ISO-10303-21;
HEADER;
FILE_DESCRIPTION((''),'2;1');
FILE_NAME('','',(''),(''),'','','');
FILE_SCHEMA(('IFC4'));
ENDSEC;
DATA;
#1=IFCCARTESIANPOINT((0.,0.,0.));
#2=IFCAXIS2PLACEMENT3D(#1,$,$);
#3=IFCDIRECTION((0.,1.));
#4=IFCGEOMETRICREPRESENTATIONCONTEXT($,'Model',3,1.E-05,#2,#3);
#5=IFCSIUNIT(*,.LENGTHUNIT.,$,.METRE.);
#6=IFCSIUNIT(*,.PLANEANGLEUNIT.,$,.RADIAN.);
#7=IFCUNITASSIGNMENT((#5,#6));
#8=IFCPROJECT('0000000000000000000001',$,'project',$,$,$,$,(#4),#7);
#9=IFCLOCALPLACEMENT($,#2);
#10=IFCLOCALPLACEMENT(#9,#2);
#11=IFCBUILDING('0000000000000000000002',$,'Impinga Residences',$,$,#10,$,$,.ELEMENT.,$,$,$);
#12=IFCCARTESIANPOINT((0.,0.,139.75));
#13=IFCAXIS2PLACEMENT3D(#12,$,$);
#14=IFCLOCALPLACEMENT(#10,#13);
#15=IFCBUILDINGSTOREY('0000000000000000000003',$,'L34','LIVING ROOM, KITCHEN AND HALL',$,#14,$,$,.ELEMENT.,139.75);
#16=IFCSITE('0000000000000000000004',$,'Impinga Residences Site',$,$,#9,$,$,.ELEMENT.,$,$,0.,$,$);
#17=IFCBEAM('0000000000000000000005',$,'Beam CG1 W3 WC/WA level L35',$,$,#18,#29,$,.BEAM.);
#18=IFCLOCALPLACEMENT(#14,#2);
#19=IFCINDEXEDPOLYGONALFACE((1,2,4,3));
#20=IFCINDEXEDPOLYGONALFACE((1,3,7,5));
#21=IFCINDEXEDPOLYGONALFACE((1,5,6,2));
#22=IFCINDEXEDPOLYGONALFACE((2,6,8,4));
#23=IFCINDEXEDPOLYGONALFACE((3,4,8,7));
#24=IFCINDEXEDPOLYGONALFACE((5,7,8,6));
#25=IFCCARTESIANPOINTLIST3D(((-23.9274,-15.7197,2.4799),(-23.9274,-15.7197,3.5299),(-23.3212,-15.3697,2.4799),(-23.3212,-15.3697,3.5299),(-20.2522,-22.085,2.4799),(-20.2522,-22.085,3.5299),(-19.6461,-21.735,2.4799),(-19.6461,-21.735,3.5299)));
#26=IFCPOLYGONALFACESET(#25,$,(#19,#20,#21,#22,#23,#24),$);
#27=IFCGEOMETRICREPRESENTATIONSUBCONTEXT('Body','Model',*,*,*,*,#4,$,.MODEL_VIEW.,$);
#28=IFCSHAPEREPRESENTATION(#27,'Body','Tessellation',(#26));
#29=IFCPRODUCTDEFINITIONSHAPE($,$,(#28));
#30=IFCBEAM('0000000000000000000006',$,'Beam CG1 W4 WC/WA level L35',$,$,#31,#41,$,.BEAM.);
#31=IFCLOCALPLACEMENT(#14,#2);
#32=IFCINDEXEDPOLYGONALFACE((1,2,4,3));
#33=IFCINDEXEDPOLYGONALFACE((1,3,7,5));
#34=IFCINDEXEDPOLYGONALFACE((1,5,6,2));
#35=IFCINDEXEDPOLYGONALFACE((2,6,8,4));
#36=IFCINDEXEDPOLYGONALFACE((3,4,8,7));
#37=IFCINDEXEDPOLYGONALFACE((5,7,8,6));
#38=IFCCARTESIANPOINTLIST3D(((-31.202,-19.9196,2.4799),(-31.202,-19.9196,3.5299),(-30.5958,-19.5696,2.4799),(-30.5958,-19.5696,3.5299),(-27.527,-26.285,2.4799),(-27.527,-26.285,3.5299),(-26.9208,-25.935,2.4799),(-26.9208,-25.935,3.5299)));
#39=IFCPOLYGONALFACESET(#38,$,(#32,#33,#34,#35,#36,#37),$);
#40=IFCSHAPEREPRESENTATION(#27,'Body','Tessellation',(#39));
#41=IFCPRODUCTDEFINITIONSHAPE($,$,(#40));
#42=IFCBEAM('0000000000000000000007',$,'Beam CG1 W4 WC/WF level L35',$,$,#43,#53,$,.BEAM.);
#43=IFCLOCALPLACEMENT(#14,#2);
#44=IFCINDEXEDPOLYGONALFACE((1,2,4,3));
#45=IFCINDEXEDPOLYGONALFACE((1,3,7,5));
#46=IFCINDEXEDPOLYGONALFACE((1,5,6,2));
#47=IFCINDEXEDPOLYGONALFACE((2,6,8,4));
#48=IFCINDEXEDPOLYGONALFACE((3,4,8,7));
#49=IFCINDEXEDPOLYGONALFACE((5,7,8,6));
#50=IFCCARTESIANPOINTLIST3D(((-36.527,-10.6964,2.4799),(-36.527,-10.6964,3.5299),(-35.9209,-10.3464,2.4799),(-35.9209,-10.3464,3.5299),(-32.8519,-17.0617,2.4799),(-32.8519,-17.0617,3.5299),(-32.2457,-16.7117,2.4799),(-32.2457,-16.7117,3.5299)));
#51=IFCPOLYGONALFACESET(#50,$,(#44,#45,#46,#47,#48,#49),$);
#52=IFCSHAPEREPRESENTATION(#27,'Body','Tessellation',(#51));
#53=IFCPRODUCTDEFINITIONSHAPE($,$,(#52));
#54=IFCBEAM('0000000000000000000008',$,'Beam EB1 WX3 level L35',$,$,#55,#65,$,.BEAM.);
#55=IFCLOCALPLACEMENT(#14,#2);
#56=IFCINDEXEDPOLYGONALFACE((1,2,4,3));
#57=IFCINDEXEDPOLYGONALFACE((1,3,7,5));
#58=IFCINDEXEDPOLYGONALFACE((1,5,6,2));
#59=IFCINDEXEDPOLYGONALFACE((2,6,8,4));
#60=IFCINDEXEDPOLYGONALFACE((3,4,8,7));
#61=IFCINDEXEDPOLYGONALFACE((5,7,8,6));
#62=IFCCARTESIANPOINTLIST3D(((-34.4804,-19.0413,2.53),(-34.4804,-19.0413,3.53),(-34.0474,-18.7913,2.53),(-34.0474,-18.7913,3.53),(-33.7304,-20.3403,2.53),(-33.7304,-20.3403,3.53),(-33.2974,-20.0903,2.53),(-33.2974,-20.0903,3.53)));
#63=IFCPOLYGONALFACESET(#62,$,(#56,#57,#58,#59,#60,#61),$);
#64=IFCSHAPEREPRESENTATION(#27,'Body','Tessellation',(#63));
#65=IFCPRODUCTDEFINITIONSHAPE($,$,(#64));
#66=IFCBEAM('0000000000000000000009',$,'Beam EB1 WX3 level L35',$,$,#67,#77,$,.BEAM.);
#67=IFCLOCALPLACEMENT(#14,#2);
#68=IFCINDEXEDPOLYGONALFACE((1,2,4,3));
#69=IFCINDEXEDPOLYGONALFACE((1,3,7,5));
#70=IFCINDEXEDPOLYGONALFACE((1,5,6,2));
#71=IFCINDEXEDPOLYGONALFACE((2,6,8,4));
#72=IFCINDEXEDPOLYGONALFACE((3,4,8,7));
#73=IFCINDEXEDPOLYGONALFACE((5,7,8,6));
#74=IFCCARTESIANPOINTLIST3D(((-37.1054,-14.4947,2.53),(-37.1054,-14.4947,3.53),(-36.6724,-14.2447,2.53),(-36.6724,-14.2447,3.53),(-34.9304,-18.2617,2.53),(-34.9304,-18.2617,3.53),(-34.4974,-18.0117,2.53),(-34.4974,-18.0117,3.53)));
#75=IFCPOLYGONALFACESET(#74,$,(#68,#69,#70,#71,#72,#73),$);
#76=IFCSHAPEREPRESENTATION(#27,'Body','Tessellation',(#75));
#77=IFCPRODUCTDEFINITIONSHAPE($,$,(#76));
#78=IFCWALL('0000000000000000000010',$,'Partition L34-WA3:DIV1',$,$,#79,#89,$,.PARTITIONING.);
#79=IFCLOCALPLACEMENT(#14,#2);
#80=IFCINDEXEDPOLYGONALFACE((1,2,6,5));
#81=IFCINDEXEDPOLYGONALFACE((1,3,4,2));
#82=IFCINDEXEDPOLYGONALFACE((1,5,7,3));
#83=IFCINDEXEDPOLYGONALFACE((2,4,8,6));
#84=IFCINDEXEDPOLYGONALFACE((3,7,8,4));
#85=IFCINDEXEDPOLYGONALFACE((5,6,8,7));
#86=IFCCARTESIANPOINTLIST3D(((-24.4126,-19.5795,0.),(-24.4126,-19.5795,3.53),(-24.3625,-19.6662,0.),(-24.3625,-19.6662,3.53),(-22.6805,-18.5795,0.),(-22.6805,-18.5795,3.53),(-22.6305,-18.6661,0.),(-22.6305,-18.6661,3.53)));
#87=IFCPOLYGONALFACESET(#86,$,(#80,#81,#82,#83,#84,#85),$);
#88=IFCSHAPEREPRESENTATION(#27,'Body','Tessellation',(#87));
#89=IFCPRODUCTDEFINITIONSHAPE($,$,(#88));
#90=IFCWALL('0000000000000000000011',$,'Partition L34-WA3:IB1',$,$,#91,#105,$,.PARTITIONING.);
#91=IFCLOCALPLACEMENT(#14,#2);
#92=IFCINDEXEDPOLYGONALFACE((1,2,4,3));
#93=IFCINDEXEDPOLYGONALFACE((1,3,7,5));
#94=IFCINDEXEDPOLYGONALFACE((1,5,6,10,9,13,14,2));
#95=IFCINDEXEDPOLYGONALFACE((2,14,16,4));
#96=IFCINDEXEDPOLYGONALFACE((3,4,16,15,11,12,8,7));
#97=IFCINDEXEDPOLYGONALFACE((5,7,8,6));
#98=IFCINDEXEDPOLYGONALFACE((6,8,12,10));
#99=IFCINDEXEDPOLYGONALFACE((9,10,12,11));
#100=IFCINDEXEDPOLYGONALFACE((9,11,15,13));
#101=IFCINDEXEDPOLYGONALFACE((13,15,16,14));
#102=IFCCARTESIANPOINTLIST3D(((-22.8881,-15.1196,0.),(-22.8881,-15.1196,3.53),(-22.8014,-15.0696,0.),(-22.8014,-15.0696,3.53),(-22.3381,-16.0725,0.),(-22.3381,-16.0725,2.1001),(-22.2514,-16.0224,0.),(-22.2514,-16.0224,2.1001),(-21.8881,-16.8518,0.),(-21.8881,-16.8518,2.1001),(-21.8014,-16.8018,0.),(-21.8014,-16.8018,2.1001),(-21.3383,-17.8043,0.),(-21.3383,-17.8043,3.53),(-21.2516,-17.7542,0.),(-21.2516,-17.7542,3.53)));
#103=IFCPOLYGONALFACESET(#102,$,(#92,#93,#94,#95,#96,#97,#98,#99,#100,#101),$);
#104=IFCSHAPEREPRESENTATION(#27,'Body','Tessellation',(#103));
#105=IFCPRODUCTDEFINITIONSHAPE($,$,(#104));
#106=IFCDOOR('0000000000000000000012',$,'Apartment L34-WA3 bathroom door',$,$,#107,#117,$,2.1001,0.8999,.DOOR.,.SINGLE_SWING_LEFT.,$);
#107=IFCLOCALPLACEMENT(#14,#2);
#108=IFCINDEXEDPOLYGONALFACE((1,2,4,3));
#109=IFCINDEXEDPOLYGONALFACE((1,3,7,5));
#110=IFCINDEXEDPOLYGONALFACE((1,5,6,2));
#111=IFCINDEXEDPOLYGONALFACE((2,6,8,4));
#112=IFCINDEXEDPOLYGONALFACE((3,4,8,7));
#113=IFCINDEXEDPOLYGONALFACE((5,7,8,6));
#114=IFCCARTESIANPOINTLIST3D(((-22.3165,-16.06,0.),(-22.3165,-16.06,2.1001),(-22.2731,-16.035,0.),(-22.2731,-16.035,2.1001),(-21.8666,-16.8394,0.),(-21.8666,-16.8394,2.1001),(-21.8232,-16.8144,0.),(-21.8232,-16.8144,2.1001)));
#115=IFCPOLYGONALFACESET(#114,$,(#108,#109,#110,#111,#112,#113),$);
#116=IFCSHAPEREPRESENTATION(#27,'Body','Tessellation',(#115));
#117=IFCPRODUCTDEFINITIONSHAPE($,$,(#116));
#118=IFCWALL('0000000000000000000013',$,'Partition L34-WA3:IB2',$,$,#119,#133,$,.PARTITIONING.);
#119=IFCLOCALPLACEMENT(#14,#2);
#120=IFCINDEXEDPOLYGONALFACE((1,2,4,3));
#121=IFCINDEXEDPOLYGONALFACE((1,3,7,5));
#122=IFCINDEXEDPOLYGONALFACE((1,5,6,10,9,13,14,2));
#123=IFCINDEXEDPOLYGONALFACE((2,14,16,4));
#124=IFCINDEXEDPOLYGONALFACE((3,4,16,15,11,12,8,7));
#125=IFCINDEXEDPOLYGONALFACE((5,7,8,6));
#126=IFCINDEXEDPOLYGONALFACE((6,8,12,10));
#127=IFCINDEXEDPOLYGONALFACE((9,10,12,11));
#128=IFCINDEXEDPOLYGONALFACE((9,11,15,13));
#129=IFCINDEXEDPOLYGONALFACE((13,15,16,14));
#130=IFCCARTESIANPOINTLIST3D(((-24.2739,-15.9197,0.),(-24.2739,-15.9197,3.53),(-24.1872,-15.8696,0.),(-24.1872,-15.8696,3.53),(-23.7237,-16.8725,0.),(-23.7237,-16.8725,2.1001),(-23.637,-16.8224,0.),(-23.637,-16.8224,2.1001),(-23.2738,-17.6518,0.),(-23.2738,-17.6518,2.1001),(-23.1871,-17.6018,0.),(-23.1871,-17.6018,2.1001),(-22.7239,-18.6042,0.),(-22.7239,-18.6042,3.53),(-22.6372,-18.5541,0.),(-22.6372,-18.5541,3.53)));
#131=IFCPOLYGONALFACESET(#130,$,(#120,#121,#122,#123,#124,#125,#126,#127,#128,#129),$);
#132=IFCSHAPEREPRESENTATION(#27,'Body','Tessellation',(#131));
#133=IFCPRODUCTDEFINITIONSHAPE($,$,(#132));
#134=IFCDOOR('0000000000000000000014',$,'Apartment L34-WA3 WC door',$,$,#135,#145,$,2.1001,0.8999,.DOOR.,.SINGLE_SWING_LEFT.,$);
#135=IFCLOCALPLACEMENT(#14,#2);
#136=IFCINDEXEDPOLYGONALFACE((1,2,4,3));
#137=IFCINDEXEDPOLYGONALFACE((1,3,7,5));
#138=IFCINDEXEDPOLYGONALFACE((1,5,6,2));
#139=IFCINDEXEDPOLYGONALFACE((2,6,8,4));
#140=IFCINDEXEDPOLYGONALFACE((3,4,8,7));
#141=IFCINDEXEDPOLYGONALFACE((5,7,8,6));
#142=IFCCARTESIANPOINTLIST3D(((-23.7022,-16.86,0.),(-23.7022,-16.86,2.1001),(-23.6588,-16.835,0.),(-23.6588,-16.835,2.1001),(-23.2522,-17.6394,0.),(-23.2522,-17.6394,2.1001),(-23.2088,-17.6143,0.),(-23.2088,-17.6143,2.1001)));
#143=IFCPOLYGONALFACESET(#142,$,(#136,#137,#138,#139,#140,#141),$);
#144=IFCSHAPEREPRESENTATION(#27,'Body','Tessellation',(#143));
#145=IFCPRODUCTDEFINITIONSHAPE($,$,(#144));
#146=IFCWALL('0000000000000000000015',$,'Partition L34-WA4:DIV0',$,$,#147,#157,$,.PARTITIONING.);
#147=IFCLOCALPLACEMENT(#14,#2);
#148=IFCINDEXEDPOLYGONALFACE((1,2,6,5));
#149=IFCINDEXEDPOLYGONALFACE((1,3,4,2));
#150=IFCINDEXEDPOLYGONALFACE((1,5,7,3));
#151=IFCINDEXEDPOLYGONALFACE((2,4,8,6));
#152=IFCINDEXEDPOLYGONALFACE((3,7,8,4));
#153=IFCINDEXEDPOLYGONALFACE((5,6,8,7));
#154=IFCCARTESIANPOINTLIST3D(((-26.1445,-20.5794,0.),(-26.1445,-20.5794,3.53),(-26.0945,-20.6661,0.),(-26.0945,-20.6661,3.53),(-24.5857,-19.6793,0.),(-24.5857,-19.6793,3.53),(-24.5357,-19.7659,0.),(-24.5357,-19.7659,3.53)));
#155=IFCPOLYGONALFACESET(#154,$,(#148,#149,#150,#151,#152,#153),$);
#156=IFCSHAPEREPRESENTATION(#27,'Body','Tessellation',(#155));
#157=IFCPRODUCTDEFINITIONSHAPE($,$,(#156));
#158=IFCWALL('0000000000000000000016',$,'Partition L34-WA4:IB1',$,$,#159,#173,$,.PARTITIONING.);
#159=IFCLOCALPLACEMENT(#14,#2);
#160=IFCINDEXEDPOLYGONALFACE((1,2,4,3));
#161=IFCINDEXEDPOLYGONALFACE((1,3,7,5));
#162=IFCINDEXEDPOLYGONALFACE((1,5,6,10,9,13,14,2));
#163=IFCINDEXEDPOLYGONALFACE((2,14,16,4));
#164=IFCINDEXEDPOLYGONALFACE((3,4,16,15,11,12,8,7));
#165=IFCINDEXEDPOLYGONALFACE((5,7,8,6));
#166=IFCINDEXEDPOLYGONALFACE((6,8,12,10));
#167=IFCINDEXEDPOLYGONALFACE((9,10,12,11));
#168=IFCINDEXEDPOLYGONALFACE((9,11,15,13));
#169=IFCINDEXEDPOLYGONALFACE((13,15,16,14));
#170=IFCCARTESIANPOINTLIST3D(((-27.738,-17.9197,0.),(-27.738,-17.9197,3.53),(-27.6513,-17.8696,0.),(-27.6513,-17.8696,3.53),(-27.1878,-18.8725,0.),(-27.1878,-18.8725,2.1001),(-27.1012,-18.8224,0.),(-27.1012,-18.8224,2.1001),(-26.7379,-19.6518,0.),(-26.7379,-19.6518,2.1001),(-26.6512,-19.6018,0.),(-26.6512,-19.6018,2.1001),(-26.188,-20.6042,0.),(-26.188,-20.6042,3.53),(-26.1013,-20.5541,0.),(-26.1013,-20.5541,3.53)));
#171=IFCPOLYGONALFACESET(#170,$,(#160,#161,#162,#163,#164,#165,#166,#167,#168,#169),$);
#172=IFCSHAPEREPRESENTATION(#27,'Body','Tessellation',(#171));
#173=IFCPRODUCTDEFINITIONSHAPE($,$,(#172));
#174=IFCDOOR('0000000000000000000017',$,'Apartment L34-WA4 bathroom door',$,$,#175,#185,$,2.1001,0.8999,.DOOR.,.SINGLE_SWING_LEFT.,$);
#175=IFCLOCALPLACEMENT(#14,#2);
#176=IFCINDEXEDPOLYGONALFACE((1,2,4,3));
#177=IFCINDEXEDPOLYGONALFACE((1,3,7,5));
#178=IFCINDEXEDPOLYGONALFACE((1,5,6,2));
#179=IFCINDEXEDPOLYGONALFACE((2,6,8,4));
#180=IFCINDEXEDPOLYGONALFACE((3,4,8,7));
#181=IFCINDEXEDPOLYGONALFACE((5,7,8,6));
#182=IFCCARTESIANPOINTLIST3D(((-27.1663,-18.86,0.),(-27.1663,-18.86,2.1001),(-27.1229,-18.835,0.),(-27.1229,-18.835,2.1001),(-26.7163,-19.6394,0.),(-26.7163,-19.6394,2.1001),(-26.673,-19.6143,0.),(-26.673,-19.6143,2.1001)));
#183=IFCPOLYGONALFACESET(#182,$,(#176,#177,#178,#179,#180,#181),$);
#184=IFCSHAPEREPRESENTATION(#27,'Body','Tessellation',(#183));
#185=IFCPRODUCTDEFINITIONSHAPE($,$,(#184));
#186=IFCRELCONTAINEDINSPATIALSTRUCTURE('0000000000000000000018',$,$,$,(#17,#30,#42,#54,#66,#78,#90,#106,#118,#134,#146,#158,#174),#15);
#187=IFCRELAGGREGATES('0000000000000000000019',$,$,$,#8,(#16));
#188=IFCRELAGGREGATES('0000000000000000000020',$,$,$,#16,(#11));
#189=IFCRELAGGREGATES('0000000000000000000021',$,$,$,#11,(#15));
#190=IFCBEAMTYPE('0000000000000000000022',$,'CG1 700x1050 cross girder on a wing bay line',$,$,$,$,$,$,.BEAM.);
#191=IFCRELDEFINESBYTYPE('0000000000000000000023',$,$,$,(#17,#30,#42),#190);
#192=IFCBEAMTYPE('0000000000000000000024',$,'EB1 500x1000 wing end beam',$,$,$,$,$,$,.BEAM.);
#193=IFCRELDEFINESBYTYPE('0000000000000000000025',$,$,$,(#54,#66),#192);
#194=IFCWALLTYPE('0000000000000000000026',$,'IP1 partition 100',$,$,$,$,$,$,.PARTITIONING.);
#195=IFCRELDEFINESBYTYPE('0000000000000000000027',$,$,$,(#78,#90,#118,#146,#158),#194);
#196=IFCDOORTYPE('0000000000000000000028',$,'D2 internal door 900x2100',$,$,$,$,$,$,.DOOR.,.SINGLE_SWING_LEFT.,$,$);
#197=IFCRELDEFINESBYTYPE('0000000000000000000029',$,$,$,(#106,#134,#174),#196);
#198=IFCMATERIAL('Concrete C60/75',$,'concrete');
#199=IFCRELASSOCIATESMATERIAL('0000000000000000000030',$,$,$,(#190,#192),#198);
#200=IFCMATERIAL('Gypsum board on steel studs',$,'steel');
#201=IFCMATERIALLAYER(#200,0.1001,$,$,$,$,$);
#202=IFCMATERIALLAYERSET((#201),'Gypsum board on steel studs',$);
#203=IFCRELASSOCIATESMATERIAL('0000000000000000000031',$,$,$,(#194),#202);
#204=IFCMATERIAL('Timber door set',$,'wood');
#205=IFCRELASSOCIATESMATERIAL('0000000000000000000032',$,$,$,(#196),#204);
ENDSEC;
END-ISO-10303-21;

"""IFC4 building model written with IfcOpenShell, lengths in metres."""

from ifc_helpers import new_model, si_unit, direction, frame, frame_2d, origin, origin_2d, place, context, subcontext, project, spatial, rectangle, extrude, material, layer, layer_set, material_profile, profile_set, type_object, element, fill, save


model = new_model("IFC4")

# Units and contexts
model_context = context("Model", 3, precision=1e-05, world=origin(), true_north=direction((0.0, 1.0)))
body_context = subcontext(model_context, "Body", "Model", "MODEL_VIEW")
ifc_project = project(units=[si_unit("LENGTHUNIT", "METRE"), si_unit("PLANEANGLEUNIT", "RADIAN")], contexts=[model_context])

# Site, building, storey
site_placement = place(None, origin())
site = spatial("IfcSite", under=ifc_project, at=site_placement, Name="Impinga Residences Site", CompositionType="ELEMENT", RefElevation=0.0)
building_placement = place(site_placement, origin())
building = spatial("IfcBuilding", under=site, at=building_placement, Name="Impinga Residences", CompositionType="ELEMENT")
storey_placement = place(building_placement, frame((0.0, 0.0, 139.75)))
storey = spatial("IfcBuildingStorey", under=building, at=storey_placement, Name="L34", Description="LIVING ROOM, KITCHEN AND HALL", CompositionType="ELEMENT", Elevation=139.75)

# Beams
ifc_material_1 = material(Name="Concrete C60/75", Category="concrete")
ifc_material_profile_1 = material_profile(ifc_material_1, rectangle(XDim=0.7, YDim=1.05, at=origin_2d()), Name="RC 700x1050")
ifc_profile_set_1 = profile_set([ifc_material_profile_1], Name="Concrete C60/75")
beam_type_1 = type_object("IfcBeamType", Name="CG1 700x1050 cross girder on a wing bay line", PredefinedType="BEAM", material=ifc_profile_set_1)
for number, where, z_axis, x_axis, name in (
    (1, (-23.6243, -15.5447, 3.0049), (0.500008, -0.866021, 0.0), (0.866021, 0.500008, 0.0), "Beam CG1 W3 WC/WA level L35"),
    (2, (-30.8989, -19.7446, 3.0049), (0.499994, -0.866029, 0.0), (0.866029, 0.499994, 0.0), "Beam CG1 W4 WC/WA level L35"),
    (3, (-32.5488, -16.8867, 3.0049), (-0.500008, 0.866021, 0.0), (-0.866021, -0.500008, 0.0), "Beam CG1 W4 WC/WF level L35"),
):
    element("IfcBeam", number, at=place(storey_placement, frame(where, z_axis=z_axis, x_axis=x_axis)), inside=storey, type_object=beam_type_1, Name=name, PredefinedType="BEAM", context=body_context, shape_type="SweptSolid", body=[
        extrude(rectangle(XDim=0.7, YDim=1.05, at=origin_2d()), origin(), (0.0, 0.0, 1.0), 7.3501),
    ])
ifc_material_profile_2 = material_profile(ifc_material_1, rectangle(XDim=0.5, YDim=1.0, at=origin_2d()), Name="RC 500x1000")
ifc_profile_set_2 = profile_set([ifc_material_profile_2], Name="Concrete C60/75")
beam_type_2 = type_object("IfcBeamType", Name="EB1 500x1000 wing end beam", PredefinedType="BEAM", material=ifc_profile_set_2)
beam_1_placement = place(storey_placement, frame((-33.5139, -20.2153, 3.03), z_axis=(-0.49999, 0.866031, 0.0), x_axis=(-0.866031, -0.49999, 0.0)))
element("IfcBeam", 4, at=beam_1_placement, inside=storey, type_object=beam_type_2, Name="Beam EB1 WX3 level L35", PredefinedType="BEAM", context=body_context, shape_type="SweptSolid", body=[
    extrude(rectangle(XDim=0.5, YDim=1.0, at=origin_2d()), origin(), (0.0, 0.0, 1.0), 1.5),
])
beam_2_placement = place(storey_placement, frame((-34.7139, -18.1367, 3.03), z_axis=(-0.50002, 0.866014, 0.0), x_axis=(-0.866014, -0.50002, 0.0)))
element("IfcBeam", 5, at=beam_2_placement, inside=storey, type_object=beam_type_2, Name="Beam EB1 WX3 level L35", PredefinedType="BEAM", context=body_context, shape_type="SweptSolid", body=[
    extrude(rectangle(XDim=0.5, YDim=1.0, at=origin_2d()), origin(), (0.0, 0.0, 1.0), 4.3499),
])

# Wall
ifc_material_2 = material(Name="Gypsum board on steel studs", Category="steel")
ifc_layer_1 = layer(ifc_material_2, 0.1001)
ifc_layer_set_1 = layer_set([ifc_layer_1], Name="Gypsum board on steel studs")
wall_type_1 = type_object("IfcWallType", Name="IP1 partition 100", PredefinedType="PARTITIONING", material=ifc_layer_set_1)
wall_1_placement = place(storey_placement, frame((-22.6555, -18.6228, 0.0), z_axis=(0.0, 0.0, 1.0), x_axis=(-0.866011, -0.500025, 0.0)))
element("IfcWall", 6, at=wall_1_placement, inside=storey, type_object=wall_type_1, Name="Partition L34-WA3:DIV1", PredefinedType="PARTITIONING", context=body_context, shape_type="SweptSolid", body=[
    extrude(rectangle(XDim=2.0, YDim=0.1001, at=frame_2d((1.0, 0.0))), origin(), (0.0, 0.0, 1.0), 3.53),
])

# Walls, openings, doors
wall_2_placement = place(storey_placement, frame((-22.8447, -15.0947, 0.0), z_axis=(0.0, 0.0, 1.0), x_axis=(0.499968, -0.866044, 0.0)))
wall_2 = element("IfcWall", 7, at=wall_2_placement, inside=storey, type_object=wall_type_1, Name="Partition L34-WA3:IB1", PredefinedType="PARTITIONING", context=body_context, shape_type="SweptSolid", body=[
    extrude(rectangle(XDim=3.0999, YDim=0.1001, at=frame_2d((1.5498, 0.0))), origin(), (0.0, 0.0, 1.0), 3.53),
])
opening_1_placement = place(wall_2_placement, frame((1.1001, 0.0, 0.0)))
opening_1 = element("IfcOpeningElement", 8, at=opening_1_placement, cuts=wall_2, PredefinedType="OPENING", context=body_context, shape_type="SweptSolid", body=[
    extrude(rectangle(XDim=0.8999, YDim=2.1001, at=frame_2d((0.45, 1.05))), frame((0.0, 0.0601, 0.0), z_axis=(0.0, -1.0, 0.0), x_axis=(1.0, 0.0, 0.0)), (0.0, 0.0, 1.0), 0.1201),
])
ifc_material_3 = material(Name="Timber door set", Category="wood")
door_type = type_object("IfcDoorType", Name="D2 internal door 900x2100", OperationType="SINGLE_SWING_LEFT", PredefinedType="DOOR", material=ifc_material_3)
door_1_placement = place(opening_1_placement, origin())
door_1 = element("IfcDoor", 9, at=door_1_placement, inside=storey, type_object=door_type, Name="Apartment L34-WA3 bathroom door", OperationType="SINGLE_SWING_LEFT", OverallHeight=2.1001, OverallWidth=0.8999, PredefinedType="DOOR", context=body_context, shape_type="SweptSolid", body=[
    extrude(rectangle(XDim=0.8999, YDim=2.1001, at=frame_2d((0.45, 1.05))), frame((0.0, 0.0249, 0.0), z_axis=(0.0, -1.0, 0.0), x_axis=(1.0, 0.0, 0.0)), (0.0, 0.0, 1.0), 0.05),
])
fill(opening_1, door_1)
wall_3_placement = place(storey_placement, frame((-24.2305, -15.8948, 0.0), z_axis=(0.0, 0.0, 1.0), x_axis=(0.500027, -0.86601, 0.0)))
wall_3 = element("IfcWall", 10, at=wall_3_placement, inside=storey, type_object=wall_type_1, Name="Partition L34-WA3:IB2", PredefinedType="PARTITIONING", context=body_context, shape_type="SweptSolid", body=[
    extrude(rectangle(XDim=3.0999, YDim=0.1001, at=frame_2d((1.5498, 0.0))), origin(), (0.0, 0.0, 1.0), 3.53),
])
opening_2_placement = place(wall_3_placement, frame((1.1001, 0.0, 0.0)))
opening_2 = element("IfcOpeningElement", 11, at=opening_2_placement, cuts=wall_3, PredefinedType="OPENING", context=body_context, shape_type="SweptSolid", body=[
    extrude(rectangle(XDim=0.8999, YDim=2.1001, at=frame_2d((0.45, 1.05))), frame((0.0, 0.0601, 0.0), z_axis=(0.0, -1.0, 0.0), x_axis=(1.0, 0.0, 0.0)), (0.0, 0.0, 1.0), 0.1201),
])
door_2_placement = place(opening_2_placement, origin())
door_2 = element("IfcDoor", 12, at=door_2_placement, inside=storey, type_object=door_type, Name="Apartment L34-WA3 WC door", OperationType="SINGLE_SWING_LEFT", OverallHeight=2.1001, OverallWidth=0.8999, PredefinedType="DOOR", context=body_context, shape_type="SweptSolid", body=[
    extrude(rectangle(XDim=0.8999, YDim=2.1001, at=frame_2d((0.45, 1.05))), frame((0.0, 0.0249, 0.0), z_axis=(0.0, -1.0, 0.0), x_axis=(1.0, 0.0, 0.0)), (0.0, 0.0, 1.0), 0.05),
])
fill(opening_2, door_2)

# Wall
wall_4_placement = place(storey_placement, frame((-24.5608, -19.7227, 0.0), z_axis=(0.0, 0.0, 1.0), x_axis=(-0.865989, -0.500063, 0.0)))
element("IfcWall", 13, at=wall_4_placement, inside=storey, type_object=wall_type_1, Name="Partition L34-WA4:DIV0", PredefinedType="PARTITIONING", context=body_context, shape_type="SweptSolid", body=[
    extrude(rectangle(XDim=1.8, YDim=0.1001, at=frame_2d((0.8999, 0.0))), origin(), (0.0, 0.0, 1.0), 3.53),
])

# Wall, opening, door
wall_5_placement = place(storey_placement, frame((-27.6946, -17.8948, 0.0), z_axis=(0.0, 0.0, 1.0), x_axis=(0.500027, -0.86601, 0.0)))
wall_5 = element("IfcWall", 14, at=wall_5_placement, inside=storey, type_object=wall_type_1, Name="Partition L34-WA4:IB1", PredefinedType="PARTITIONING", context=body_context, shape_type="SweptSolid", body=[
    extrude(rectangle(XDim=3.0999, YDim=0.1001, at=frame_2d((1.5498, 0.0))), origin(), (0.0, 0.0, 1.0), 3.53),
])
opening_3_placement = place(wall_5_placement, frame((1.1001, 0.0, 0.0)))
opening_3 = element("IfcOpeningElement", 15, at=opening_3_placement, cuts=wall_5, PredefinedType="OPENING", context=body_context, shape_type="SweptSolid", body=[
    extrude(rectangle(XDim=0.8999, YDim=2.1001, at=frame_2d((0.45, 1.05))), frame((0.0, 0.0601, 0.0), z_axis=(0.0, -1.0, 0.0), x_axis=(1.0, 0.0, 0.0)), (0.0, 0.0, 1.0), 0.1201),
])
door_3_placement = place(opening_3_placement, origin())
door_3 = element("IfcDoor", 16, at=door_3_placement, inside=storey, type_object=door_type, Name="Apartment L34-WA4 bathroom door", OperationType="SINGLE_SWING_LEFT", OverallHeight=2.1001, OverallWidth=0.8999, PredefinedType="DOOR", context=body_context, shape_type="SweptSolid", body=[
    extrude(rectangle(XDim=0.8999, YDim=2.1001, at=frame_2d((0.45, 1.05))), frame((0.0, 0.0249, 0.0), z_axis=(0.0, -1.0, 0.0), x_axis=(1.0, 0.0, 0.0)), (0.0, 0.0, 1.0), 0.05),
])
fill(opening_3, door_3)

save(model, "model.ifc")
